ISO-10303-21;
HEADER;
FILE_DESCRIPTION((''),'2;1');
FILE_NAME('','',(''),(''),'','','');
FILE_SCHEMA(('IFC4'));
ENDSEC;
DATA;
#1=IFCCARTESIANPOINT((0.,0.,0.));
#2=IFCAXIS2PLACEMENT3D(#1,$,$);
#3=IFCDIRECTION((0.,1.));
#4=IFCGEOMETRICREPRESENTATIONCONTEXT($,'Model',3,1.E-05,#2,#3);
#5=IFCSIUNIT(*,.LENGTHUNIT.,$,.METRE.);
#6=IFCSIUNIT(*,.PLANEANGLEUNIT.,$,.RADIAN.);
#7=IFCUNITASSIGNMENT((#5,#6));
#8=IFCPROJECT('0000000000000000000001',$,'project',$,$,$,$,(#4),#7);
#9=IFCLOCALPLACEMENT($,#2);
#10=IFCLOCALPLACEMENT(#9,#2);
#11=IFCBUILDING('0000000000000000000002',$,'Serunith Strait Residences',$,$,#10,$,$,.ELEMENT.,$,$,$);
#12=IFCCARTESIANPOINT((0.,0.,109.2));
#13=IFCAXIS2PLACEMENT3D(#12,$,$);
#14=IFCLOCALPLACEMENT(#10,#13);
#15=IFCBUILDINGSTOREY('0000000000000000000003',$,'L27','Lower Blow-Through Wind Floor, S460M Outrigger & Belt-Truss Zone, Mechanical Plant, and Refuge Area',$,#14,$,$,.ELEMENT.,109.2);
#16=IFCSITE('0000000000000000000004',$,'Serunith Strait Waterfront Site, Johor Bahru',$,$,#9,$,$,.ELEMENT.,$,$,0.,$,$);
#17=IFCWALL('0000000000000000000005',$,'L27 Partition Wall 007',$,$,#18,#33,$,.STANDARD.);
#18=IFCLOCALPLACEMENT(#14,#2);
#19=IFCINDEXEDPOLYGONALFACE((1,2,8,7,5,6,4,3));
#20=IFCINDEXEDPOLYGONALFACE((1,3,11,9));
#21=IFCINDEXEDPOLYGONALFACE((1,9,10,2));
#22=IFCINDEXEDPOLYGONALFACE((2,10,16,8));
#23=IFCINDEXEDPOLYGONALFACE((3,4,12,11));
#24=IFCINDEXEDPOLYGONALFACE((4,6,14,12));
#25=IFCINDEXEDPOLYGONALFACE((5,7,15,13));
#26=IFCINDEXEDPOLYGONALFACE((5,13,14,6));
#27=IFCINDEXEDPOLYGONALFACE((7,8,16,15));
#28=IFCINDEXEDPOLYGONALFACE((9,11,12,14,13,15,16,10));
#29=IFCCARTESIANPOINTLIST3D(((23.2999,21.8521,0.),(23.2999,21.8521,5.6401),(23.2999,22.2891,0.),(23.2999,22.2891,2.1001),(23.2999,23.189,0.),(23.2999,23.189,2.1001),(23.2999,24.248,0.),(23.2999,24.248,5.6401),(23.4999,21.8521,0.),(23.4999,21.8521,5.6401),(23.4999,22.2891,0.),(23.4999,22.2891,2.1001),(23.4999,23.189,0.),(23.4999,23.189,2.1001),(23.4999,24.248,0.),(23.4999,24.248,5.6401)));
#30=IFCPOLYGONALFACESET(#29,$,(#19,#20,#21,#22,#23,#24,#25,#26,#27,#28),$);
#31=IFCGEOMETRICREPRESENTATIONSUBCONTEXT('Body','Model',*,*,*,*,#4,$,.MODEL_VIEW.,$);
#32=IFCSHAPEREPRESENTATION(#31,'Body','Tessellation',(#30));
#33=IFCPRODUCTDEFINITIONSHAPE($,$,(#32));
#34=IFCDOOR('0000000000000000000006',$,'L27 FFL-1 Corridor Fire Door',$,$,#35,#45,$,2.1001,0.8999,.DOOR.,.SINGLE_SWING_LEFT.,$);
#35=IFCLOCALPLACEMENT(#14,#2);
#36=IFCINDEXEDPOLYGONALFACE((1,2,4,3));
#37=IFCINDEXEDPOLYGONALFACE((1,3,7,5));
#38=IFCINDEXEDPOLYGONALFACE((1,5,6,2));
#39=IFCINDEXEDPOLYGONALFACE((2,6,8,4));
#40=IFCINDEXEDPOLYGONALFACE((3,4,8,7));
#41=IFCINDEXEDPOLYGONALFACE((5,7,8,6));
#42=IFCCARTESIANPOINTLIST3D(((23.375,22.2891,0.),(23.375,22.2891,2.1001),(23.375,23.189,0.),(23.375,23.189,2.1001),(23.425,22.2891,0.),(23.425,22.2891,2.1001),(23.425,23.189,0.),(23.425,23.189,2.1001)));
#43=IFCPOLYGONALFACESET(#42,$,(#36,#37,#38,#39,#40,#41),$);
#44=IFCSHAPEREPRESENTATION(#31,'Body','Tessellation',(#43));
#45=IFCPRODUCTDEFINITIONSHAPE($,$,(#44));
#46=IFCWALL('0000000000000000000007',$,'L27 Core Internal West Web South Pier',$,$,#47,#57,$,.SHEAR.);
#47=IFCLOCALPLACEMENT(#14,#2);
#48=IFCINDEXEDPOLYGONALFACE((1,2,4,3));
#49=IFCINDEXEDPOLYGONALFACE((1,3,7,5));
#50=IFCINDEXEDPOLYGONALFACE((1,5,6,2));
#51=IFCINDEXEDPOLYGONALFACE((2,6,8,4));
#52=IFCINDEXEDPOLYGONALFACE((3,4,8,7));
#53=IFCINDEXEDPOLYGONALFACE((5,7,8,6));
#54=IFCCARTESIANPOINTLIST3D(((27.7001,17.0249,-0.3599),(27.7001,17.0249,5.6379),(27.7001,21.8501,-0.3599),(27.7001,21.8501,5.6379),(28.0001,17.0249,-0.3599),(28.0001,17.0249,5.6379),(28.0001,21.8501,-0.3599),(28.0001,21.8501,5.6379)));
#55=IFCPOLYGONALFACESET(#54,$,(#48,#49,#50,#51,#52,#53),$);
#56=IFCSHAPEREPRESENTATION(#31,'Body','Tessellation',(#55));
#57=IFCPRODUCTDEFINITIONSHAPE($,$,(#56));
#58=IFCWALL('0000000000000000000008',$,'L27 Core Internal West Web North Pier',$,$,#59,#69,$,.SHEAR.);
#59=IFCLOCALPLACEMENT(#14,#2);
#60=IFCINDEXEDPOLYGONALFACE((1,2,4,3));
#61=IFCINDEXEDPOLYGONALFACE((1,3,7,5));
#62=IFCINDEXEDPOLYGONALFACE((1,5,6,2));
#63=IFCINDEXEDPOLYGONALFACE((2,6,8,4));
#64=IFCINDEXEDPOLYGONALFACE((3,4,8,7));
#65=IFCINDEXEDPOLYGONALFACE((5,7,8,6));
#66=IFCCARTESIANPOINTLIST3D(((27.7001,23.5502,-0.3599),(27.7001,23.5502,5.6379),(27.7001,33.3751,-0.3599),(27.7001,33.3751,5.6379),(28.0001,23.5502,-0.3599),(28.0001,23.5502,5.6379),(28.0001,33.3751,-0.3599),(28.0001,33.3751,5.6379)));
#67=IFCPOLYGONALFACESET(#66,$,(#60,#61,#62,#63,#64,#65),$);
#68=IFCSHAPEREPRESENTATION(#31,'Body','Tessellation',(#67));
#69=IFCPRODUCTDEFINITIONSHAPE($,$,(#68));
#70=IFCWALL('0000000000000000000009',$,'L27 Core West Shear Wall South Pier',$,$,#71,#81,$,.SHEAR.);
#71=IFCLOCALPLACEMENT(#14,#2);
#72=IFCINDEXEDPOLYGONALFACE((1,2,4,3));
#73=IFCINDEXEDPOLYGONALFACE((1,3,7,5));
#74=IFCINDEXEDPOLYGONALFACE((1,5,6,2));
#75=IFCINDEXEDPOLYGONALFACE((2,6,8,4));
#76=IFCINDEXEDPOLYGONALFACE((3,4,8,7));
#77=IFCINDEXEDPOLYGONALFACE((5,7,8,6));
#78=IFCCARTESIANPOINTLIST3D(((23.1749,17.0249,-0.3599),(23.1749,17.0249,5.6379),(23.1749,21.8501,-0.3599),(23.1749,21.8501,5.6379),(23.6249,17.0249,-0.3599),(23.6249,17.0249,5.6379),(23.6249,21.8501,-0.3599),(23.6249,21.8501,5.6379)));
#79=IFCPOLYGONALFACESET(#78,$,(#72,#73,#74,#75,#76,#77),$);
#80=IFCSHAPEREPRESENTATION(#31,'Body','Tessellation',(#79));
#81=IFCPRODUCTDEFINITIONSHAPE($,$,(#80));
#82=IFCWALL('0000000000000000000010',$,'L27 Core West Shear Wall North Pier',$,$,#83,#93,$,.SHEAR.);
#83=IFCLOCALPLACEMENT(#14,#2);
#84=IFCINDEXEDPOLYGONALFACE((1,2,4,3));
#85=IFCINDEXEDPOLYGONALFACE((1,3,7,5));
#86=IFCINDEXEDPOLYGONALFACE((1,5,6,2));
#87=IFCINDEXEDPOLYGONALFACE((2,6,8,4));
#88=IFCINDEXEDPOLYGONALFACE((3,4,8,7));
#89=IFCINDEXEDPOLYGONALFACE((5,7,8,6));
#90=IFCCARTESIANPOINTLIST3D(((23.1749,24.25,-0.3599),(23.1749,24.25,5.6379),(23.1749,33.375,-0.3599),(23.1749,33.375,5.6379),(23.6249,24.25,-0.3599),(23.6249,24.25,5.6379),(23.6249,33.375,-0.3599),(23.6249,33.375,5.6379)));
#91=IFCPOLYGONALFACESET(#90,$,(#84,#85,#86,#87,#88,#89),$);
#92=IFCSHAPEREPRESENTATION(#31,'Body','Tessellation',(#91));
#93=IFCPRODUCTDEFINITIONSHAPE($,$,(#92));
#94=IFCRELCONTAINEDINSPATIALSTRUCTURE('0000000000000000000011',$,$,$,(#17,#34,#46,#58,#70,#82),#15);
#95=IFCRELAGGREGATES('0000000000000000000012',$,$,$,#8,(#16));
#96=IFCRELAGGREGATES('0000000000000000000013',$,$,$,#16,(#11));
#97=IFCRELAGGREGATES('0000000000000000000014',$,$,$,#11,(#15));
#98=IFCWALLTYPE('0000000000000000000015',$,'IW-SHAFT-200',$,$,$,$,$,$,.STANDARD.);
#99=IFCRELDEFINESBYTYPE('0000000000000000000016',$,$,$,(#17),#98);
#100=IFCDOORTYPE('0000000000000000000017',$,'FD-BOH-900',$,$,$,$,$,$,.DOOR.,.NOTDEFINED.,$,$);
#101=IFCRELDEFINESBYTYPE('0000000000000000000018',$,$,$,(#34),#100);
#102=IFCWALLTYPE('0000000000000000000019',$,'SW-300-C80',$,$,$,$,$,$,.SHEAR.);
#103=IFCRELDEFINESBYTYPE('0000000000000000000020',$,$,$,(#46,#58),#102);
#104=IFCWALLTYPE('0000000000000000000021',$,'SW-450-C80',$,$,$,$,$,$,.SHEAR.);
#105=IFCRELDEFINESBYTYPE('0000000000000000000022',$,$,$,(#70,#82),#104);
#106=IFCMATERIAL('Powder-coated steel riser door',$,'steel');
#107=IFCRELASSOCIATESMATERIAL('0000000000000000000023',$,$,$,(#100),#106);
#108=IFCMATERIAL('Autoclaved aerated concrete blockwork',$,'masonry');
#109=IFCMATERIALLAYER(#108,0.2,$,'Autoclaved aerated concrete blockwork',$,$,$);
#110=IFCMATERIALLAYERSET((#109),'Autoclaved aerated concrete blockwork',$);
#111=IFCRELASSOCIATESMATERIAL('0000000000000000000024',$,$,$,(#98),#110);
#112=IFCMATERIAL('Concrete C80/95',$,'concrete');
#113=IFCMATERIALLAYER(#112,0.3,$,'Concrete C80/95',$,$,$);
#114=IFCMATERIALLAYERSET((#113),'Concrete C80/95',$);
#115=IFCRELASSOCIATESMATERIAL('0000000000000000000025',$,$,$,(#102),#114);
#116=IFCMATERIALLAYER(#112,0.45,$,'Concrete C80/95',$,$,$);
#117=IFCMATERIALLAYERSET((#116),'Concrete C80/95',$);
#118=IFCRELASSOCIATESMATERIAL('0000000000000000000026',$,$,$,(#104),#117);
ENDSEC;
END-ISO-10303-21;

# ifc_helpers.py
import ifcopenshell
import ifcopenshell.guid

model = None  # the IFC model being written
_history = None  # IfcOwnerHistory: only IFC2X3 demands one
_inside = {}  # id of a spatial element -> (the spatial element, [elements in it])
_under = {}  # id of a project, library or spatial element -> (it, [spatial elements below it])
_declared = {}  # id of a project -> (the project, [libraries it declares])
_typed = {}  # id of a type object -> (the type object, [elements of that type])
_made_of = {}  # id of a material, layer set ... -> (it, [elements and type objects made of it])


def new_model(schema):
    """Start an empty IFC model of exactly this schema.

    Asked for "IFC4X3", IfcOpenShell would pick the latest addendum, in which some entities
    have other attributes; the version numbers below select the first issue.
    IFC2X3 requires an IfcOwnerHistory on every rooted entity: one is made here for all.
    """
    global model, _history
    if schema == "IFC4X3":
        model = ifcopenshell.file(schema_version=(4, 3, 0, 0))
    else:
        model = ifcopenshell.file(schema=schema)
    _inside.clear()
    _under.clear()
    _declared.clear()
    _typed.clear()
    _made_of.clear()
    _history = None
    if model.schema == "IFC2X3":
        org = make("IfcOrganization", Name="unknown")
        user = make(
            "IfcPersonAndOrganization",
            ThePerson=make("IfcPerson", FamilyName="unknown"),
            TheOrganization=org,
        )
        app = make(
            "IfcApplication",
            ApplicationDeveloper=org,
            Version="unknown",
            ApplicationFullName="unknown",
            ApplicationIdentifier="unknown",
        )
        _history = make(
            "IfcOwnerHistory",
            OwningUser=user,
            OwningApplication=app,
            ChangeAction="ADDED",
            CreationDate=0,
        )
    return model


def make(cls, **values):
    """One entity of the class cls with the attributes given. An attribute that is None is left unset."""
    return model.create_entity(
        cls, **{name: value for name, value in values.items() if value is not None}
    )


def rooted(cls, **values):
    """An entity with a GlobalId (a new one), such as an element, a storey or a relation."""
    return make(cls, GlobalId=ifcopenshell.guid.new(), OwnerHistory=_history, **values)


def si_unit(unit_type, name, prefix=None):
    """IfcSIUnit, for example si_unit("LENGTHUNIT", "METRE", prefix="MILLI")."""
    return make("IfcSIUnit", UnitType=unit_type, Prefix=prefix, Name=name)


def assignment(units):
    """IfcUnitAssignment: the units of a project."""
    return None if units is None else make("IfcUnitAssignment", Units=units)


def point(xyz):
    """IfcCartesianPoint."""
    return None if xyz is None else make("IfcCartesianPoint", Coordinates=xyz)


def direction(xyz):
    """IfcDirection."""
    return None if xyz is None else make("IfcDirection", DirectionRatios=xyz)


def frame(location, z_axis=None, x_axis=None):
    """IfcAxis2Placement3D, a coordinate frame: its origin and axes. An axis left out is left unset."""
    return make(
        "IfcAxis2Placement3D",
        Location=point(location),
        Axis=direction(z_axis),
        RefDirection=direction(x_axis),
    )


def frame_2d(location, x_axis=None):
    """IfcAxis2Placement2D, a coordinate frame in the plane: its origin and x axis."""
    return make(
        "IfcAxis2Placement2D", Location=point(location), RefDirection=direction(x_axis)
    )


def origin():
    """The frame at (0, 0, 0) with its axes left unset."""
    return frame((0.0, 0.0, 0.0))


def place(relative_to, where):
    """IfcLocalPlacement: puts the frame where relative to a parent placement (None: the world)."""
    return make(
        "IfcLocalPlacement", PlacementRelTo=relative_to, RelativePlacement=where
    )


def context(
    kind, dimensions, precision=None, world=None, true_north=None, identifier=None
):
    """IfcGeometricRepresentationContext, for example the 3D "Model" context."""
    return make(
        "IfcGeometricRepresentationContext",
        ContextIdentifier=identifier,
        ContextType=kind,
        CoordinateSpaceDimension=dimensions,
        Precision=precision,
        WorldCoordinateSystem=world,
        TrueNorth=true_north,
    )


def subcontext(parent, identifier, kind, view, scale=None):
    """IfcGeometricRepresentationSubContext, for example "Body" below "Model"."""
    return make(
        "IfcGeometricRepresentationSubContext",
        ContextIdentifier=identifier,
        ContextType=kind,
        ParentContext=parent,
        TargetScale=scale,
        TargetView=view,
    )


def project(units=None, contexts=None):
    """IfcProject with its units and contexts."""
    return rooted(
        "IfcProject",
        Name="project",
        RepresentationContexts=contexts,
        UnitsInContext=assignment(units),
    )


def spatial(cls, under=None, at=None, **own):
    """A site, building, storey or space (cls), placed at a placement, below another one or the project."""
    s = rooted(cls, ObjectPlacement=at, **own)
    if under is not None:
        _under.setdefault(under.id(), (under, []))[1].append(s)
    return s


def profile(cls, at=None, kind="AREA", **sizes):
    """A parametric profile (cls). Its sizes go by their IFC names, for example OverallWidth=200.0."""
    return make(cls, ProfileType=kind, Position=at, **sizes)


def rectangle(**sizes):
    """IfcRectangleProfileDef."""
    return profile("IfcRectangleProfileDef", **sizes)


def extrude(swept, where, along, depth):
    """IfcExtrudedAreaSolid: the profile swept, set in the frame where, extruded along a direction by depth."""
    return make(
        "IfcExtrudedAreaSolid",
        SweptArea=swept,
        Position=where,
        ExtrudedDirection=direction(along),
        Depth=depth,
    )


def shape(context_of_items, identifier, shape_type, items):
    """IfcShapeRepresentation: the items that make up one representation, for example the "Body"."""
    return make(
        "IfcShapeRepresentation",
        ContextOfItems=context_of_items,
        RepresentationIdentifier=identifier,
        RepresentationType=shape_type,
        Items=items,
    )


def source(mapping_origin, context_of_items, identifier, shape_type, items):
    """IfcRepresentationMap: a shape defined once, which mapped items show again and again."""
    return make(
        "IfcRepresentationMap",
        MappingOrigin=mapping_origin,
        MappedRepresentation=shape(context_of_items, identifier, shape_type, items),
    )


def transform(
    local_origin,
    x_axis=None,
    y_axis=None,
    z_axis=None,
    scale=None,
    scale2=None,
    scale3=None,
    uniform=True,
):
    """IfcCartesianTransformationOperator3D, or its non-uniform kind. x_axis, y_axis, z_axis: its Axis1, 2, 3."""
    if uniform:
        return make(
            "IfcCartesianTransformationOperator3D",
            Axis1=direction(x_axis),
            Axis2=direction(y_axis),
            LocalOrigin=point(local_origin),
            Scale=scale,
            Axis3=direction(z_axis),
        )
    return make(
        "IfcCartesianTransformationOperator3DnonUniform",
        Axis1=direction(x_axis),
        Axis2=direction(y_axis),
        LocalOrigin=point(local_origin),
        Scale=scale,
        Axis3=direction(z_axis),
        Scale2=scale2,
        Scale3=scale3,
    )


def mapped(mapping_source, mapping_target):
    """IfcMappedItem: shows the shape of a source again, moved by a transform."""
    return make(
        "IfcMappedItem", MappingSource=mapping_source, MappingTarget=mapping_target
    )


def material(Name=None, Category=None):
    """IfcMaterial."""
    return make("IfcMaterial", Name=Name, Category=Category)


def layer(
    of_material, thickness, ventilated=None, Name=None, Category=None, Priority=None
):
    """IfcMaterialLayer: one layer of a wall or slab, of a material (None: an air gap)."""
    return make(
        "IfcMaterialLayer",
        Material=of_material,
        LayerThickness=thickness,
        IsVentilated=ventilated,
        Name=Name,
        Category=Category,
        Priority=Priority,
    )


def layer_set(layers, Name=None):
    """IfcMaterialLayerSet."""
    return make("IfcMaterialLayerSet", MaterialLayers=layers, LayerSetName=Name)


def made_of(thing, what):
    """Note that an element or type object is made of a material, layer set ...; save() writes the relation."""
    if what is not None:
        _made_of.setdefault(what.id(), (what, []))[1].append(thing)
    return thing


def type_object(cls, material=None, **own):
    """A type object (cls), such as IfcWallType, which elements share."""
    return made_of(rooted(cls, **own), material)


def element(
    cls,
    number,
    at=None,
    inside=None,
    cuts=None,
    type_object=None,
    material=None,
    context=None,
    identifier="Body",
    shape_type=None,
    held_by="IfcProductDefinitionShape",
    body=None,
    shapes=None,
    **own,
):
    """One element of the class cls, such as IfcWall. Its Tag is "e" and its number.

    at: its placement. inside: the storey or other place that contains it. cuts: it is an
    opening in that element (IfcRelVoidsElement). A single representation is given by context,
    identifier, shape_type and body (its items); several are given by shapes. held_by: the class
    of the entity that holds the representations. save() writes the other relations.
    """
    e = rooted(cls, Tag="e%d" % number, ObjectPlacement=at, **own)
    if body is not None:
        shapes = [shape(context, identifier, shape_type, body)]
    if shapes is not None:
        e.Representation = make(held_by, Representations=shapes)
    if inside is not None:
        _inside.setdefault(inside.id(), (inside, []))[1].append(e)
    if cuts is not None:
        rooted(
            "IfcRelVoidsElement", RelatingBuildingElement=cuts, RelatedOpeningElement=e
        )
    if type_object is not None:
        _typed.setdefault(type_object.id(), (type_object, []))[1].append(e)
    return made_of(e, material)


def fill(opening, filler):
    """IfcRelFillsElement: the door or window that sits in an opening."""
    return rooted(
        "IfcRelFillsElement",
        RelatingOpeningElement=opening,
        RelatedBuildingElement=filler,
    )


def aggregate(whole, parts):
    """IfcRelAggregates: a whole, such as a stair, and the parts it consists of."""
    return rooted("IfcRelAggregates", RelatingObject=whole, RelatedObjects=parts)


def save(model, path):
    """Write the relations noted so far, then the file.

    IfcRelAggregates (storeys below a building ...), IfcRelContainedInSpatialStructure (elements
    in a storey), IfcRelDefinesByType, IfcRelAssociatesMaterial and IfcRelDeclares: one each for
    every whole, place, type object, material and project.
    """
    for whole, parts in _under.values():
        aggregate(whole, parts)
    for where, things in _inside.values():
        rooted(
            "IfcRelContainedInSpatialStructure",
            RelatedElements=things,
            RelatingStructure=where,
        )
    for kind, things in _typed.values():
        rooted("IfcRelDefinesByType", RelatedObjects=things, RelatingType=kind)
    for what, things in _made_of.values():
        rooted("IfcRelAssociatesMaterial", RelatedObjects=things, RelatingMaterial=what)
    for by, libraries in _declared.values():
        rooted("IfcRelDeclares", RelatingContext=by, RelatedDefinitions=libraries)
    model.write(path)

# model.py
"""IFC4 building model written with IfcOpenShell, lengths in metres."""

from ifc_helpers import new_model, si_unit, direction, frame, frame_2d, origin, place, context, subcontext, project, spatial, rectangle, extrude, source, transform, mapped, material, layer, layer_set, type_object, element, fill, save


model = new_model("IFC4")

# Units and contexts
model_context = context("Model", 3, precision=1e-05, world=origin(), true_north=direction((0.0, 1.0)))
body_context = subcontext(model_context, "Body", "Model", "MODEL_VIEW")
ifc_project = project(units=[si_unit("LENGTHUNIT", "METRE"), si_unit("PLANEANGLEUNIT", "RADIAN")], contexts=[model_context])

# Site, building, storey
site_placement = place(None, origin())
site = spatial("IfcSite", under=ifc_project, at=site_placement, Name="Serunith Strait Waterfront Site, Johor Bahru", CompositionType="ELEMENT", RefElevation=0.0)
building_placement = place(site_placement, origin())
building = spatial("IfcBuilding", under=site, at=building_placement, Name="Serunith Strait Residences", CompositionType="ELEMENT")
storey_placement = place(building_placement, frame((0.0, 0.0, 109.2)))
storey = spatial("IfcBuildingStorey", under=building, at=storey_placement, Name="L27", Description="Lower Blow-Through Wind Floor, S460M Outrigger & Belt-Truss Zone, Mechanical Plant, and Refuge Area", CompositionType="ELEMENT", Elevation=109.2)

# Shared definitions
ifc_material_1 = material(Name="Powder-coated steel riser door", Category="steel")
door_type_1 = type_object("IfcDoorType", Name="FD-BOH-900", OperationType="NOTDEFINED", PredefinedType="DOOR", material=ifc_material_1)
shared_shape_1 = source(origin(), body_context, "Body", "SweptSolid", [
    extrude(rectangle(XDim=0.8999, YDim=2.1001, at=frame_2d((0.45, 1.05))), frame((0.0, 0.0249, 0.0), z_axis=(0.0, -1.0, 0.0), x_axis=(1.0, 0.0, 0.0)), (0.0, 0.0, 1.0), 0.05),
])
ifc_material_2 = material(Name="Autoclaved aerated concrete blockwork", Category="masonry")
ifc_layer_1 = layer(ifc_material_2, 0.2, Name="Autoclaved aerated concrete blockwork")
ifc_layer_set_1 = layer_set([ifc_layer_1], Name="Autoclaved aerated concrete blockwork")
wall_type_1 = type_object("IfcWallType", Name="IW-SHAFT-200", PredefinedType="STANDARD", material=ifc_layer_set_1)

# Wall, opening, door
wall_1_placement = place(storey_placement, frame((23.3999, 21.8521, 0.0), z_axis=(0.0, 0.0, 1.0), x_axis=(0.0, 1.0, 0.0)))
wall_1 = element("IfcWall", 1, at=wall_1_placement, inside=storey, type_object=wall_type_1, Name="L27 Partition Wall 007", PredefinedType="STANDARD", context=body_context, shape_type="SweptSolid", body=[
    extrude(rectangle(XDim=2.396, YDim=0.2, at=frame_2d((1.198, 0.0))), origin(), (0.0, 0.0, 1.0), 5.6401),
])
opening_1_placement = place(wall_1_placement, frame((0.437, 0.0, 0.0)))
opening_1 = element("IfcOpeningElement", 2, at=opening_1_placement, cuts=wall_1, PredefinedType="OPENING", context=body_context, shape_type="SweptSolid", body=[
    extrude(rectangle(XDim=0.8999, YDim=2.1001, at=frame_2d((0.45, 1.05))), frame((0.0, 0.1099, 0.0), z_axis=(0.0, -1.0, 0.0), x_axis=(1.0, 0.0, 0.0)), (0.0, 0.0, 1.0), 0.22),
])
door_1_placement = place(opening_1_placement, origin())
door_1 = element("IfcDoor", 3, at=door_1_placement, inside=storey, type_object=door_type_1, Name="L27 FFL-1 Corridor Fire Door", OperationType="SINGLE_SWING_LEFT", OverallHeight=2.1001, OverallWidth=0.8999, PredefinedType="DOOR", context=body_context, shape_type="MappedRepresentation", body=[
    mapped(shared_shape_1, transform((0.0, 0.0, 0.0), scale=1.0)),
])
fill(opening_1, door_1)

# Walls
ifc_material_3 = material(Name="Concrete C80/95", Category="concrete")
ifc_layer_2 = layer(ifc_material_3, 0.3, Name="Concrete C80/95")
ifc_layer_set_2 = layer_set([ifc_layer_2], Name="Concrete C80/95")
wall_type_2 = type_object("IfcWallType", Name="SW-300-C80", PredefinedType="SHEAR", material=ifc_layer_set_2)
wall_2_placement = place(storey_placement, frame((27.8501, 17.0249, -0.3599), z_axis=(0.0, 0.0, 1.0), x_axis=(0.0, 1.0, 0.0)))
element("IfcWall", 4, at=wall_2_placement, inside=storey, type_object=wall_type_2, Name="L27 Core Internal West Web South Pier", PredefinedType="SHEAR", context=body_context, shape_type="SweptSolid", body=[
    extrude(rectangle(XDim=4.8252, YDim=0.3, at=frame_2d((2.4126, 0.0))), origin(), (0.0, 0.0, 1.0), 5.9978),
])
wall_3_placement = place(storey_placement, frame((27.8501, 23.55, -0.3599), z_axis=(0.0, 0.0, 1.0), x_axis=(0.0, 1.0, 0.0)))
element("IfcWall", 5, at=wall_3_placement, inside=storey, type_object=wall_type_2, Name="L27 Core Internal West Web North Pier", PredefinedType="SHEAR", context=body_context, shape_type="SweptSolid", body=[
    extrude(rectangle(XDim=9.825, YDim=0.3, at=frame_2d((4.9126, 0.0))), origin(), (0.0, 0.0, 1.0), 5.9978),
])
ifc_layer_3 = layer(ifc_material_3, 0.45, Name="Concrete C80/95")
ifc_layer_set_3 = layer_set([ifc_layer_3], Name="Concrete C80/95")
wall_type_3 = type_object("IfcWallType", Name="SW-450-C80", PredefinedType="SHEAR", material=ifc_layer_set_3)
wall_4_placement = place(storey_placement, frame((23.3999, 17.0249, -0.3599), z_axis=(0.0, 0.0, 1.0), x_axis=(0.0, 1.0, 0.0)))
element("IfcWall", 6, at=wall_4_placement, inside=storey, type_object=wall_type_3, Name="L27 Core West Shear Wall South Pier", PredefinedType="SHEAR", context=body_context, shape_type="SweptSolid", body=[
    extrude(rectangle(XDim=4.8252, YDim=0.45, at=frame_2d((2.4126, 0.0))), origin(), (0.0, 0.0, 1.0), 5.9978),
])
wall_5_placement = place(storey_placement, frame((23.3999, 24.25, -0.3599), z_axis=(0.0, 0.0, 1.0), x_axis=(0.0, 1.0, 0.0)))
element("IfcWall", 7, at=wall_5_placement, inside=storey, type_object=wall_type_3, Name="L27 Core West Shear Wall North Pier", PredefinedType="SHEAR", context=body_context, shape_type="SweptSolid", body=[
    extrude(rectangle(XDim=9.125, YDim=0.45, at=frame_2d((4.5625, 0.0))), origin(), (0.0, 0.0, 1.0), 5.9978),
])

save(model, "model.ifc")
